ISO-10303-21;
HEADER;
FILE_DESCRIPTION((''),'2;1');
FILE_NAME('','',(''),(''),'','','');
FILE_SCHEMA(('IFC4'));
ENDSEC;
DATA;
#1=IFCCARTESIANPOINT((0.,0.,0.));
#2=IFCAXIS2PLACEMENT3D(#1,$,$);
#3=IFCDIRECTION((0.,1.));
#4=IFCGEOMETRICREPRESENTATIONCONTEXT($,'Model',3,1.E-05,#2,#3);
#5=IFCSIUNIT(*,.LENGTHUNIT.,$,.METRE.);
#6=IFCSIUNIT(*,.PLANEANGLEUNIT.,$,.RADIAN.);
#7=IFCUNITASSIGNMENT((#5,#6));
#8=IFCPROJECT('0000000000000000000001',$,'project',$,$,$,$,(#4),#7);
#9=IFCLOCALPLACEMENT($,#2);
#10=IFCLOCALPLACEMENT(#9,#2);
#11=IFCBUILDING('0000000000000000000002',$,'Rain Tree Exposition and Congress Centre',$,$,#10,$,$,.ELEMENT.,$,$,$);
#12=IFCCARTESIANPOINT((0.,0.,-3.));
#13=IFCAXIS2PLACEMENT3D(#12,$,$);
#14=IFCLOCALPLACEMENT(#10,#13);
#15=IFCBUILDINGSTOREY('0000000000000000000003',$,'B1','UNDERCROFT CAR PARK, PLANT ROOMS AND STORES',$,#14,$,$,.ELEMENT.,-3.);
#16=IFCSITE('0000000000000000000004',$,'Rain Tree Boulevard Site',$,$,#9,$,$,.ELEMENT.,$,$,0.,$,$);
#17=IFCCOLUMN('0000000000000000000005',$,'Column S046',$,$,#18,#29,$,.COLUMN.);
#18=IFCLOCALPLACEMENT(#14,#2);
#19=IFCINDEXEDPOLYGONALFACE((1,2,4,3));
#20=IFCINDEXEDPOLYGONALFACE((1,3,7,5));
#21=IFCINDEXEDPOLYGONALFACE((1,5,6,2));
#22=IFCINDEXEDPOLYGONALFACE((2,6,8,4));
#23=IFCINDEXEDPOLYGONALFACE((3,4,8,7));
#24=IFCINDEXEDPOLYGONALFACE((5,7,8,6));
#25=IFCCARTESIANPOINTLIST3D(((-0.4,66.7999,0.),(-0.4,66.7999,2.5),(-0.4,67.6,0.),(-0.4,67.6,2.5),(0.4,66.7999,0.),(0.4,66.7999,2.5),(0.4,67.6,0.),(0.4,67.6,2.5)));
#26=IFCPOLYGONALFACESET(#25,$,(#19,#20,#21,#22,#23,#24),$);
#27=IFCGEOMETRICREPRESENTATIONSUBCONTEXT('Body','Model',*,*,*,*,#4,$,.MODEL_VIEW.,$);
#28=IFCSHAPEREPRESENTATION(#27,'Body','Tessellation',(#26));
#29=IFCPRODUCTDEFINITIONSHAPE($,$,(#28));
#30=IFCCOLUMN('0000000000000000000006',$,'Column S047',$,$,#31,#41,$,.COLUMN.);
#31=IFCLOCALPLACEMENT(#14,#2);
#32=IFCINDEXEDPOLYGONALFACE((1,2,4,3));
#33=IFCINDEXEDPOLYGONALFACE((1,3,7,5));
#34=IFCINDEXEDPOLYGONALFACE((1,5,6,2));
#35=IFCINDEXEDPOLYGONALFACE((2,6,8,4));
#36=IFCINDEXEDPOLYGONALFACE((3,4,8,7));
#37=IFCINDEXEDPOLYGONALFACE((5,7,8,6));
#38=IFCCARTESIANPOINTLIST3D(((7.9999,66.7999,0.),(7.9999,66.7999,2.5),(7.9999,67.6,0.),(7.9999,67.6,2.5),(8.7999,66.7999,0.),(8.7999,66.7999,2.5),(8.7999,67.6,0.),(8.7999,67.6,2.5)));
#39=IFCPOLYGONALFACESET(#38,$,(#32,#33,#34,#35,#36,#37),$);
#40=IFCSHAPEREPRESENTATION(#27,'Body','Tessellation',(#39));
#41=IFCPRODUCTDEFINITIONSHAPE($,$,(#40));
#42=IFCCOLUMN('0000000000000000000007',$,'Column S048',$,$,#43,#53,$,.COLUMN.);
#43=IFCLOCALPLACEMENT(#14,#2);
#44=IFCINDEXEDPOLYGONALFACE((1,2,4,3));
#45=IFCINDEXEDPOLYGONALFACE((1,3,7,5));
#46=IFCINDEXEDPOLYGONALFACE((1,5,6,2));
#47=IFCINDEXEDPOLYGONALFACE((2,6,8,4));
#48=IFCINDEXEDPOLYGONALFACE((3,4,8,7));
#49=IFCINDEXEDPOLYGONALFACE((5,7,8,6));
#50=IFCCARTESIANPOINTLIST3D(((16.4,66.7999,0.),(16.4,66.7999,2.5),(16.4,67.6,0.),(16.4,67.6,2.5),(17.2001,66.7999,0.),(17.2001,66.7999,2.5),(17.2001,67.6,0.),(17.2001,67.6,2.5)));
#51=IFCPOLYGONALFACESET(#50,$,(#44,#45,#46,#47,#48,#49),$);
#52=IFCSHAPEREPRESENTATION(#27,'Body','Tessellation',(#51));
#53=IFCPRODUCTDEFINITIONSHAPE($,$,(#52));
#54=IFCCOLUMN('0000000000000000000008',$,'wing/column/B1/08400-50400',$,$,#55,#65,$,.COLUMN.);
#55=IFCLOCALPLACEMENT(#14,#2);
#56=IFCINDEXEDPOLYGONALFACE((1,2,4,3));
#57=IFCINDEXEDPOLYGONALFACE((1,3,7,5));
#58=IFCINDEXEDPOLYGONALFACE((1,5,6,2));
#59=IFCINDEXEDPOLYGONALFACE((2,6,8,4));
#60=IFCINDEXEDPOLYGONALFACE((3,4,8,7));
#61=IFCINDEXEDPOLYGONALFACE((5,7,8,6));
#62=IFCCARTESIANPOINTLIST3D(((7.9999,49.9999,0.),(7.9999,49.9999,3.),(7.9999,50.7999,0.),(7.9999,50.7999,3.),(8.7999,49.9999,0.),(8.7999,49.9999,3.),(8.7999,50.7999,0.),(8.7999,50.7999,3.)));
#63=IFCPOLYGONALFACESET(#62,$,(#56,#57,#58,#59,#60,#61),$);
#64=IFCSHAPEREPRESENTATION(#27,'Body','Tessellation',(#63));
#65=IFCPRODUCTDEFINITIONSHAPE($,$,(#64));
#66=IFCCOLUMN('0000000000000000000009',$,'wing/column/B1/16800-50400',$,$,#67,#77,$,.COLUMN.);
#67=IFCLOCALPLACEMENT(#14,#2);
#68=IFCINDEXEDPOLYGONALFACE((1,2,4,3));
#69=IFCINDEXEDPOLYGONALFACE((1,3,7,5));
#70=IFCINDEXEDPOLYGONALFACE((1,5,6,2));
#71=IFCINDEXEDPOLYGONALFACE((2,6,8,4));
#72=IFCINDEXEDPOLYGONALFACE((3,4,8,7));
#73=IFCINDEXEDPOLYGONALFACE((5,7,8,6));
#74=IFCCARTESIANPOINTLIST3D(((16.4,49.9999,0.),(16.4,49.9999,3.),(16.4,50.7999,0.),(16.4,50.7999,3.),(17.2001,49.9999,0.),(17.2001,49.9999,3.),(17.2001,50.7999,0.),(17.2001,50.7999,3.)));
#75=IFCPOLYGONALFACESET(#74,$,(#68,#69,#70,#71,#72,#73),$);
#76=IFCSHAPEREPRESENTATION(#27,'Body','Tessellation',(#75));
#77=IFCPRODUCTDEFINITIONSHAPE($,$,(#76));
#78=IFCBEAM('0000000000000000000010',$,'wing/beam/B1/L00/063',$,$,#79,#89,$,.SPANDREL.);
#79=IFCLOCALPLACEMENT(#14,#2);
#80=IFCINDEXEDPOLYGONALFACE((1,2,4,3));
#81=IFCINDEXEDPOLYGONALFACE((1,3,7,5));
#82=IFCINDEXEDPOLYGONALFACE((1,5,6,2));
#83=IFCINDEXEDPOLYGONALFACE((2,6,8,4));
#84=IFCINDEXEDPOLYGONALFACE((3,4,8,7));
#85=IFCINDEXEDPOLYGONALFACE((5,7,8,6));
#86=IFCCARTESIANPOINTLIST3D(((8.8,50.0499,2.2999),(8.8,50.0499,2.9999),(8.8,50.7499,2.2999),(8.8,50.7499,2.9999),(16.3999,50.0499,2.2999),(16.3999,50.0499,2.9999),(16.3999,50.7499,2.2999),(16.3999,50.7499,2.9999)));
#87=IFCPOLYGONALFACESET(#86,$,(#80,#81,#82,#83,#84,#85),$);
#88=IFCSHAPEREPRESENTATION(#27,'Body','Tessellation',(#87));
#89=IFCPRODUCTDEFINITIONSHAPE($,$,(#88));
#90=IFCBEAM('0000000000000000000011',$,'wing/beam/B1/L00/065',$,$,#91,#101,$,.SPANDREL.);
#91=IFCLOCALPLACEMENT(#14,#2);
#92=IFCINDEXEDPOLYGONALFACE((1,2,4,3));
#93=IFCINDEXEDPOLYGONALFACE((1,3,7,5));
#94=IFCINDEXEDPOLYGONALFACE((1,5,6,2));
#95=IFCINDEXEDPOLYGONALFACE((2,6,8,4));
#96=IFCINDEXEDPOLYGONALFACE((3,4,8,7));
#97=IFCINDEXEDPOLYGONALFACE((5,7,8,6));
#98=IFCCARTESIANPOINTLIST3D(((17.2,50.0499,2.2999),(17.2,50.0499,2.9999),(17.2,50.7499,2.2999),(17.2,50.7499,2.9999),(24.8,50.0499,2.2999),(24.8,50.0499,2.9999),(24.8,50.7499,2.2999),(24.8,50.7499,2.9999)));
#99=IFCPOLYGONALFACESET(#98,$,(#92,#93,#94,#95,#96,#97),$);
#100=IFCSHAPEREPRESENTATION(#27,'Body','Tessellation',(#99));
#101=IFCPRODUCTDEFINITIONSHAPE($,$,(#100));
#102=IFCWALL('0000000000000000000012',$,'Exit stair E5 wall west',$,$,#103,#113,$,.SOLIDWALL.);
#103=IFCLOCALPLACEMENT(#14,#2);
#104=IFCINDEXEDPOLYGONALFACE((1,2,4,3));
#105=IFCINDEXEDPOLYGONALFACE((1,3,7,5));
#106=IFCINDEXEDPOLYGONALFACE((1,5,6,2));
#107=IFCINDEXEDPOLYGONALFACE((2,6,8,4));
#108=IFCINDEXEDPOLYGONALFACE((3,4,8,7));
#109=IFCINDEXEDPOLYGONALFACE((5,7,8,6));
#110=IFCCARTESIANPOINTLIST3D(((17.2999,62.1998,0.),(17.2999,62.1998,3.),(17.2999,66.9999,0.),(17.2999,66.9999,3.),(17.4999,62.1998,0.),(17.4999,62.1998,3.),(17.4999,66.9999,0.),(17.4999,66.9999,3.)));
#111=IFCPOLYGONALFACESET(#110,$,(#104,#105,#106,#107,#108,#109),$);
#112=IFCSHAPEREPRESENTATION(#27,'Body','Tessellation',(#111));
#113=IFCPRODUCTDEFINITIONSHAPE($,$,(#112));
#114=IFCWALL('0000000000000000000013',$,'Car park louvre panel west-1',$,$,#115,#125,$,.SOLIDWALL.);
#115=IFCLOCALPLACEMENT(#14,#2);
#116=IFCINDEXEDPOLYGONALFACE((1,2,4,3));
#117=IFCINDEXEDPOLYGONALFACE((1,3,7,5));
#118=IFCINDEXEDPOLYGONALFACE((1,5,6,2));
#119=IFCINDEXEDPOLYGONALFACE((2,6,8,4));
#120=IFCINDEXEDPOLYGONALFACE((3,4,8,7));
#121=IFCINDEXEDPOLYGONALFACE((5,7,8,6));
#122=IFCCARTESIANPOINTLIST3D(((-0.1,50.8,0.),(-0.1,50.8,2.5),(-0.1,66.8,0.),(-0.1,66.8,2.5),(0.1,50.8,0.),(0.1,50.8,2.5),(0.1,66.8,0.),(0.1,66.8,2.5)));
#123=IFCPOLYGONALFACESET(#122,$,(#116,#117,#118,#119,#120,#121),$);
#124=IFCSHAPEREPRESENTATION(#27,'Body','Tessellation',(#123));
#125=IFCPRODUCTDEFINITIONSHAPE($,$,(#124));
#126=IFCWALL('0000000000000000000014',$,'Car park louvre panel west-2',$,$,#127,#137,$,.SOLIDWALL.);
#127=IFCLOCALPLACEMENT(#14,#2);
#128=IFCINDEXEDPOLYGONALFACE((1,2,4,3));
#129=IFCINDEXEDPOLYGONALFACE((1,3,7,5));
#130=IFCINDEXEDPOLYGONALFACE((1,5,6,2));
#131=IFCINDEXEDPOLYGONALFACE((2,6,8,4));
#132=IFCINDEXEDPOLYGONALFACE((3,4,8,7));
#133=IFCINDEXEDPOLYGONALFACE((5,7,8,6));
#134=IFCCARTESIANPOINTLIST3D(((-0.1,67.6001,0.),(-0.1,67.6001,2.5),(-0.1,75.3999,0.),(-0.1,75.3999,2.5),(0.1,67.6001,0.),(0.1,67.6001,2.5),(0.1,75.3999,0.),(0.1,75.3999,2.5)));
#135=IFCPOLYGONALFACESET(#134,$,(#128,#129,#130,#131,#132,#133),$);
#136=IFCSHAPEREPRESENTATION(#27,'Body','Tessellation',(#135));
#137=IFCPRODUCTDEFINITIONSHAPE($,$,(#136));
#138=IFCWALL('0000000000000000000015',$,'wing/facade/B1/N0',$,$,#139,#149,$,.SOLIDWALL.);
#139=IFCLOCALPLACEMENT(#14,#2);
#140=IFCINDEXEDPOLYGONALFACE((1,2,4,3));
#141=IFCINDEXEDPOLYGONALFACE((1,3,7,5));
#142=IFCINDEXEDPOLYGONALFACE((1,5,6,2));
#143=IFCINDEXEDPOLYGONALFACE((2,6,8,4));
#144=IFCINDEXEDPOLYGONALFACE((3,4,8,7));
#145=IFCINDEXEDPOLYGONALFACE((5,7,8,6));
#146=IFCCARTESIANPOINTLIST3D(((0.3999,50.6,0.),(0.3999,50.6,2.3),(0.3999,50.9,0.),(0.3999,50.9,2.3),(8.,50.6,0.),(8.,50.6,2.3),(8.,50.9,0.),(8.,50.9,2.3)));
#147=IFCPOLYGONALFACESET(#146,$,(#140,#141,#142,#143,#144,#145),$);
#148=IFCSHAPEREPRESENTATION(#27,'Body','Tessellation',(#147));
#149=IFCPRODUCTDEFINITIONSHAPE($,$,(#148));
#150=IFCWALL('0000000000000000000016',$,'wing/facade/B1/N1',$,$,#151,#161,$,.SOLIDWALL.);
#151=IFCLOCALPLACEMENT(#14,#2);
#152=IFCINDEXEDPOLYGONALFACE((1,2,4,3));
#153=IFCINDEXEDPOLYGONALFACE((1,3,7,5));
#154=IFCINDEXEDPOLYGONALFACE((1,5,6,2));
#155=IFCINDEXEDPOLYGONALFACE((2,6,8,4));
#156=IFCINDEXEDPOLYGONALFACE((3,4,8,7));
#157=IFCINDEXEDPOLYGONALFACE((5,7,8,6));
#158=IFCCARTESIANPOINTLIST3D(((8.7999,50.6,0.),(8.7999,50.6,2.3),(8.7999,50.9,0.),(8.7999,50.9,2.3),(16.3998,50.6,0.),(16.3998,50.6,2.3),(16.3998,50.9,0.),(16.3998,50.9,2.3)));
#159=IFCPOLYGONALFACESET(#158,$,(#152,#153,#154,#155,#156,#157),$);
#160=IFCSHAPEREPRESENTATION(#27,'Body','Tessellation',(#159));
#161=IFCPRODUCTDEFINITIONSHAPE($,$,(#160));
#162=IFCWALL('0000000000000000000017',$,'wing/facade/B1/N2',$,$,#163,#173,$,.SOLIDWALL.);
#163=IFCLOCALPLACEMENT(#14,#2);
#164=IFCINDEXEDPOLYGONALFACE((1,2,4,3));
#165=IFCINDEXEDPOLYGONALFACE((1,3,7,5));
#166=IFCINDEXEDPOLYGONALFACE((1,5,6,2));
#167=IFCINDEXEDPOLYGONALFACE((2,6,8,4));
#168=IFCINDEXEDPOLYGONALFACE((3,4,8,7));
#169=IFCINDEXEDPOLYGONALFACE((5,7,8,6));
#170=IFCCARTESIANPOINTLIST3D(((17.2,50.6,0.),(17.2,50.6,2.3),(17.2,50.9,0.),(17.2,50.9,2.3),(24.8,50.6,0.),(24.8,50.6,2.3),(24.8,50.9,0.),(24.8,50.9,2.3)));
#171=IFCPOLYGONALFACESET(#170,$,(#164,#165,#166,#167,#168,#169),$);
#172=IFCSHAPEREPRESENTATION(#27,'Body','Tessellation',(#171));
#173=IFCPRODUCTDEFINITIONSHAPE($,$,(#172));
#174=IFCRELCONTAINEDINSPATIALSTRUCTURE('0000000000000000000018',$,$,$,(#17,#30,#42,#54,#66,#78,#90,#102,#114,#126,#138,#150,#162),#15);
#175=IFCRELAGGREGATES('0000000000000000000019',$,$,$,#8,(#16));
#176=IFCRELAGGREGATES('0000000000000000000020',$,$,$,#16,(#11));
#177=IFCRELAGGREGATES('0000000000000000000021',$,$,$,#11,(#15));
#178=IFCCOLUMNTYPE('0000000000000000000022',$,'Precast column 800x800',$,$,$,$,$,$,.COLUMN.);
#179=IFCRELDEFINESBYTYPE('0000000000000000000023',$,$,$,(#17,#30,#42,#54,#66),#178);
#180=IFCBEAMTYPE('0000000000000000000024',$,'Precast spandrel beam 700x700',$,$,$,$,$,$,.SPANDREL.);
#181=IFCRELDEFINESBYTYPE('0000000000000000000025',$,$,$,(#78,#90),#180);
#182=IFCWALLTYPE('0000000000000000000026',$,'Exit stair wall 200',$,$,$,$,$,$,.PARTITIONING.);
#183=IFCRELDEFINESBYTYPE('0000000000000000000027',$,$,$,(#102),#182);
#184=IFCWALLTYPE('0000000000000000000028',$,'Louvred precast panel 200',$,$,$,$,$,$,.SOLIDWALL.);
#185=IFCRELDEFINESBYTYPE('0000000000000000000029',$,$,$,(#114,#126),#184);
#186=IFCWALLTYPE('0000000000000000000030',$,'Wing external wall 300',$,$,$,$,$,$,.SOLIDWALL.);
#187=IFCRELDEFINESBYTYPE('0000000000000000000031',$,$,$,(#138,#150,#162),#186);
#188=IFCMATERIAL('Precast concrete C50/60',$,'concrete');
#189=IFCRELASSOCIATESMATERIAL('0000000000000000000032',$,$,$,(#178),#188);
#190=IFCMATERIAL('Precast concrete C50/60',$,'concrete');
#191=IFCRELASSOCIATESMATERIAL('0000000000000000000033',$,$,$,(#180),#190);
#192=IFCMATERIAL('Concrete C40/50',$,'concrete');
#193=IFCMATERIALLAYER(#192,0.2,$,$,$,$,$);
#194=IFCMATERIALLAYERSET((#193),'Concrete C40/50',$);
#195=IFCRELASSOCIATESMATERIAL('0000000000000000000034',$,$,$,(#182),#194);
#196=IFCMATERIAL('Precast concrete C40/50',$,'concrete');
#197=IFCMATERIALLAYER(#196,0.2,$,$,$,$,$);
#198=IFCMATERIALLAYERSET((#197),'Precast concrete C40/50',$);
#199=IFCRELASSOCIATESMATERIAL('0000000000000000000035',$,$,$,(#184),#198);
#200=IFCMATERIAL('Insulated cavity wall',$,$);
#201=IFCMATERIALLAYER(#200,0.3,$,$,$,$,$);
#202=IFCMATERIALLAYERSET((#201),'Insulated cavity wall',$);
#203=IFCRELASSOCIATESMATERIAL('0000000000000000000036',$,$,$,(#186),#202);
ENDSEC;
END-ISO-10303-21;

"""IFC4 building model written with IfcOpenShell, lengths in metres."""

from ifc_helpers import new_model, si_unit, direction, frame, frame_2d, origin, origin_2d, place, context, subcontext, project, spatial, rectangle, extrude, material, layer, layer_set, material_profile, profile_set, type_object, element, save


model = new_model("IFC4")

# Units and contexts
model_context = context("Model", 3, precision=1e-05, world=origin(), true_north=direction((0.0, 1.0)))
body_context = subcontext(model_context, "Body", "Model", "MODEL_VIEW")
ifc_project = project(units=[si_unit("LENGTHUNIT", "METRE"), si_unit("PLANEANGLEUNIT", "RADIAN")], contexts=[model_context])

# Site, building, storey
site_placement = place(None, origin())
site = spatial("IfcSite", under=ifc_project, at=site_placement, Name="Rain Tree Boulevard Site", CompositionType="ELEMENT", RefElevation=0.0)
building_placement = place(site_placement, origin())
building = spatial("IfcBuilding", under=site, at=building_placement, Name="Rain Tree Exposition and Congress Centre", CompositionType="ELEMENT")
storey_placement = place(building_placement, frame((0.0, 0.0, -3.0)))
storey = spatial("IfcBuildingStorey", under=building, at=storey_placement, Name="B1", Description="UNDERCROFT CAR PARK, PLANT ROOMS AND STORES", CompositionType="ELEMENT", Elevation=-3.0)

# Columns
ifc_material_1 = material(Name="Precast concrete C50/60", Category="concrete")
ifc_material_profile_1 = material_profile(ifc_material_1, rectangle(XDim=0.8, YDim=0.8, at=origin_2d()), Name="RC 800x800")
ifc_profile_set_1 = profile_set([ifc_material_profile_1], Name="Precast concrete C50/60")
column_type = type_object("IfcColumnType", Name="Precast column 800x800", PredefinedType="COLUMN", material=ifc_profile_set_1)
for number, where, z_axis, x_axis, name in (
    (1, (0.0, 67.2, 0.0), (0.0, 0.0, 1.0), (1.0, 0.0, 0.0), "Column S046"),
    (2, (8.3999, 67.2, 0.0), (0.0, 0.0, 1.0), (1.0, 0.0, 0.0), "Column S047"),
    (3, (16.8, 67.2, 0.0), (0.0, 0.0, 1.0), (1.0, 0.0, 0.0), "Column S048"),
):
    element("IfcColumn", number, at=place(storey_placement, frame(where, z_axis=z_axis, x_axis=x_axis)), inside=storey, type_object=column_type, Name=name, PredefinedType="COLUMN", context=body_context, shape_type="SweptSolid", body=[
        extrude(rectangle(XDim=0.8, YDim=0.8, at=origin_2d()), origin(), (0.0, 0.0, 1.0), 2.5),
    ])
for number, where, z_axis, x_axis, name in (
    (4, (8.3999, 50.3999, 0.0), (0.0, 0.0, 1.0), (1.0, 0.0, 0.0), "wing/column/B1/08400-50400"),
    (5, (16.8, 50.3999, 0.0), (0.0, 0.0, 1.0), (1.0, 0.0, 0.0), "wing/column/B1/16800-50400"),
):
    element("IfcColumn", number, at=place(storey_placement, frame(where, z_axis=z_axis, x_axis=x_axis)), inside=storey, type_object=column_type, Name=name, PredefinedType="COLUMN", context=body_context, shape_type="SweptSolid", body=[
        extrude(rectangle(XDim=0.8, YDim=0.8, at=origin_2d()), origin(), (0.0, 0.0, 1.0), 3.0),
    ])

# Beams
ifc_material_2 = material(Name="Precast concrete C50/60", Category="concrete")
ifc_material_profile_2 = material_profile(ifc_material_2, rectangle(XDim=0.7, YDim=0.7, at=origin_2d()), Name="RC 700x700")
ifc_profile_set_2 = profile_set([ifc_material_profile_2], Name="Precast concrete C50/60")
beam_type = type_object("IfcBeamType", Name="Precast spandrel beam 700x700", PredefinedType="SPANDREL", material=ifc_profile_set_2)
beam_1_placement = place(storey_placement, frame((8.8, 50.3999, 2.6499), z_axis=(1.0, 0.0, 0.0), x_axis=(0.0, 1.0, 0.0)))
element("IfcBeam", 6, at=beam_1_placement, inside=storey, type_object=beam_type, Name="wing/beam/B1/L00/063", PredefinedType="SPANDREL", context=body_context, shape_type="SweptSolid", body=[
    extrude(rectangle(XDim=0.7, YDim=0.7, at=origin_2d()), origin(), (0.0, 0.0, 1.0), 7.5999),
])
beam_2_placement = place(storey_placement, frame((17.2, 50.3999, 2.6499), z_axis=(1.0, 0.0, 0.0), x_axis=(0.0, 1.0, 0.0)))
element("IfcBeam", 7, at=beam_2_placement, inside=storey, type_object=beam_type, Name="wing/beam/B1/L00/065", PredefinedType="SPANDREL", context=body_context, shape_type="SweptSolid", body=[
    extrude(rectangle(XDim=0.7, YDim=0.7, at=origin_2d()), origin(), (0.0, 0.0, 1.0), 7.6001),
])

# Walls
ifc_material_3 = material(Name="Concrete C40/50", Category="concrete")
ifc_layer_1 = layer(ifc_material_3, 0.2)
ifc_layer_set_1 = layer_set([ifc_layer_1], Name="Concrete C40/50")
wall_type_1 = type_object("IfcWallType", Name="Exit stair wall 200", PredefinedType="PARTITIONING", material=ifc_layer_set_1)
wall_1_placement = place(storey_placement, frame((17.3999, 62.2, 0.0), z_axis=(0.0, 0.0, 1.0), x_axis=(0.0, 1.0, 0.0)))
element("IfcWall", 8, at=wall_1_placement, inside=storey, type_object=wall_type_1, Name="Exit stair E5 wall west", PredefinedType="SOLIDWALL", context=body_context, shape_type="SweptSolid", body=[
    extrude(rectangle(XDim=4.8, YDim=0.2, at=frame_2d((2.3999, 0.0))), origin(), (0.0, 0.0, 1.0), 3.0),
])
ifc_material_4 = material(Name="Precast concrete C40/50", Category="concrete")
ifc_layer_2 = layer(ifc_material_4, 0.2)
ifc_layer_set_2 = layer_set([ifc_layer_2], Name="Precast concrete C40/50")
wall_type_2 = type_object("IfcWallType", Name="Louvred precast panel 200", PredefinedType="SOLIDWALL", material=ifc_layer_set_2)
wall_2_placement = place(storey_placement, frame((0.0, 50.8, 0.0), z_axis=(0.0, 0.0, 1.0), x_axis=(0.0, 1.0, 0.0)))
element("IfcWall", 9, at=wall_2_placement, inside=storey, type_object=wall_type_2, Name="Car park louvre panel west-1", PredefinedType="SOLIDWALL", context=body_context, shape_type="SweptSolid", body=[
    extrude(rectangle(XDim=16.0, YDim=0.2, at=frame_2d((8.0, 0.0))), origin(), (0.0, 0.0, 1.0), 2.5),
])
wall_3_placement = place(storey_placement, frame((0.0, 67.6001, 0.0), z_axis=(0.0, 0.0, 1.0), x_axis=(0.0, 1.0, 0.0)))
element("IfcWall", 10, at=wall_3_placement, inside=storey, type_object=wall_type_2, Name="Car park louvre panel west-2", PredefinedType="SOLIDWALL", context=body_context, shape_type="SweptSolid", body=[
    extrude(rectangle(XDim=7.7998, YDim=0.2, at=frame_2d((3.8999, 0.0))), origin(), (0.0, 0.0, 1.0), 2.5),
])
ifc_material_5 = material(Name="Insulated cavity wall")
ifc_layer_3 = layer(ifc_material_5, 0.3)
ifc_layer_set_3 = layer_set([ifc_layer_3], Name="Insulated cavity wall")
wall_type_3 = type_object("IfcWallType", Name="Wing external wall 300", PredefinedType="SOLIDWALL", material=ifc_layer_set_3)
wall_4_placement = place(storey_placement, frame((0.3999, 50.75, 0.0), z_axis=(0.0, 0.0, 1.0), x_axis=(1.0, 0.0, 0.0)))
element("IfcWall", 11, at=wall_4_placement, inside=storey, type_object=wall_type_3, Name="wing/facade/B1/N0", PredefinedType="SOLIDWALL", context=body_context, shape_type="SweptSolid", body=[
    extrude(rectangle(XDim=7.6001, YDim=0.3, at=frame_2d((3.8, 0.0))), origin(), (0.0, 0.0, 1.0), 2.3),
])
wall_5_placement = place(storey_placement, frame((8.8, 50.75, 0.0), z_axis=(0.0, 0.0, 1.0), x_axis=(1.0, 0.0, 0.0)))
element("IfcWall", 12, at=wall_5_placement, inside=storey, type_object=wall_type_3, Name="wing/facade/B1/N1", PredefinedType="SOLIDWALL", context=body_context, shape_type="SweptSolid", body=[
    extrude(rectangle(XDim=7.5999, YDim=0.3, at=frame_2d((3.7998, 0.0))), origin(), (0.0, 0.0, 1.0), 2.3),
])
wall_6_placement = place(storey_placement, frame((17.2, 50.75, 0.0), z_axis=(0.0, 0.0, 1.0), x_axis=(1.0, 0.0, 0.0)))
element("IfcWall", 13, at=wall_6_placement, inside=storey, type_object=wall_type_3, Name="wing/facade/B1/N2", PredefinedType="SOLIDWALL", context=body_context, shape_type="SweptSolid", body=[
    extrude(rectangle(XDim=7.6001, YDim=0.3, at=frame_2d((3.8, 0.0))), origin(), (0.0, 0.0, 1.0), 2.3),
])

save(model, "model.ifc")
